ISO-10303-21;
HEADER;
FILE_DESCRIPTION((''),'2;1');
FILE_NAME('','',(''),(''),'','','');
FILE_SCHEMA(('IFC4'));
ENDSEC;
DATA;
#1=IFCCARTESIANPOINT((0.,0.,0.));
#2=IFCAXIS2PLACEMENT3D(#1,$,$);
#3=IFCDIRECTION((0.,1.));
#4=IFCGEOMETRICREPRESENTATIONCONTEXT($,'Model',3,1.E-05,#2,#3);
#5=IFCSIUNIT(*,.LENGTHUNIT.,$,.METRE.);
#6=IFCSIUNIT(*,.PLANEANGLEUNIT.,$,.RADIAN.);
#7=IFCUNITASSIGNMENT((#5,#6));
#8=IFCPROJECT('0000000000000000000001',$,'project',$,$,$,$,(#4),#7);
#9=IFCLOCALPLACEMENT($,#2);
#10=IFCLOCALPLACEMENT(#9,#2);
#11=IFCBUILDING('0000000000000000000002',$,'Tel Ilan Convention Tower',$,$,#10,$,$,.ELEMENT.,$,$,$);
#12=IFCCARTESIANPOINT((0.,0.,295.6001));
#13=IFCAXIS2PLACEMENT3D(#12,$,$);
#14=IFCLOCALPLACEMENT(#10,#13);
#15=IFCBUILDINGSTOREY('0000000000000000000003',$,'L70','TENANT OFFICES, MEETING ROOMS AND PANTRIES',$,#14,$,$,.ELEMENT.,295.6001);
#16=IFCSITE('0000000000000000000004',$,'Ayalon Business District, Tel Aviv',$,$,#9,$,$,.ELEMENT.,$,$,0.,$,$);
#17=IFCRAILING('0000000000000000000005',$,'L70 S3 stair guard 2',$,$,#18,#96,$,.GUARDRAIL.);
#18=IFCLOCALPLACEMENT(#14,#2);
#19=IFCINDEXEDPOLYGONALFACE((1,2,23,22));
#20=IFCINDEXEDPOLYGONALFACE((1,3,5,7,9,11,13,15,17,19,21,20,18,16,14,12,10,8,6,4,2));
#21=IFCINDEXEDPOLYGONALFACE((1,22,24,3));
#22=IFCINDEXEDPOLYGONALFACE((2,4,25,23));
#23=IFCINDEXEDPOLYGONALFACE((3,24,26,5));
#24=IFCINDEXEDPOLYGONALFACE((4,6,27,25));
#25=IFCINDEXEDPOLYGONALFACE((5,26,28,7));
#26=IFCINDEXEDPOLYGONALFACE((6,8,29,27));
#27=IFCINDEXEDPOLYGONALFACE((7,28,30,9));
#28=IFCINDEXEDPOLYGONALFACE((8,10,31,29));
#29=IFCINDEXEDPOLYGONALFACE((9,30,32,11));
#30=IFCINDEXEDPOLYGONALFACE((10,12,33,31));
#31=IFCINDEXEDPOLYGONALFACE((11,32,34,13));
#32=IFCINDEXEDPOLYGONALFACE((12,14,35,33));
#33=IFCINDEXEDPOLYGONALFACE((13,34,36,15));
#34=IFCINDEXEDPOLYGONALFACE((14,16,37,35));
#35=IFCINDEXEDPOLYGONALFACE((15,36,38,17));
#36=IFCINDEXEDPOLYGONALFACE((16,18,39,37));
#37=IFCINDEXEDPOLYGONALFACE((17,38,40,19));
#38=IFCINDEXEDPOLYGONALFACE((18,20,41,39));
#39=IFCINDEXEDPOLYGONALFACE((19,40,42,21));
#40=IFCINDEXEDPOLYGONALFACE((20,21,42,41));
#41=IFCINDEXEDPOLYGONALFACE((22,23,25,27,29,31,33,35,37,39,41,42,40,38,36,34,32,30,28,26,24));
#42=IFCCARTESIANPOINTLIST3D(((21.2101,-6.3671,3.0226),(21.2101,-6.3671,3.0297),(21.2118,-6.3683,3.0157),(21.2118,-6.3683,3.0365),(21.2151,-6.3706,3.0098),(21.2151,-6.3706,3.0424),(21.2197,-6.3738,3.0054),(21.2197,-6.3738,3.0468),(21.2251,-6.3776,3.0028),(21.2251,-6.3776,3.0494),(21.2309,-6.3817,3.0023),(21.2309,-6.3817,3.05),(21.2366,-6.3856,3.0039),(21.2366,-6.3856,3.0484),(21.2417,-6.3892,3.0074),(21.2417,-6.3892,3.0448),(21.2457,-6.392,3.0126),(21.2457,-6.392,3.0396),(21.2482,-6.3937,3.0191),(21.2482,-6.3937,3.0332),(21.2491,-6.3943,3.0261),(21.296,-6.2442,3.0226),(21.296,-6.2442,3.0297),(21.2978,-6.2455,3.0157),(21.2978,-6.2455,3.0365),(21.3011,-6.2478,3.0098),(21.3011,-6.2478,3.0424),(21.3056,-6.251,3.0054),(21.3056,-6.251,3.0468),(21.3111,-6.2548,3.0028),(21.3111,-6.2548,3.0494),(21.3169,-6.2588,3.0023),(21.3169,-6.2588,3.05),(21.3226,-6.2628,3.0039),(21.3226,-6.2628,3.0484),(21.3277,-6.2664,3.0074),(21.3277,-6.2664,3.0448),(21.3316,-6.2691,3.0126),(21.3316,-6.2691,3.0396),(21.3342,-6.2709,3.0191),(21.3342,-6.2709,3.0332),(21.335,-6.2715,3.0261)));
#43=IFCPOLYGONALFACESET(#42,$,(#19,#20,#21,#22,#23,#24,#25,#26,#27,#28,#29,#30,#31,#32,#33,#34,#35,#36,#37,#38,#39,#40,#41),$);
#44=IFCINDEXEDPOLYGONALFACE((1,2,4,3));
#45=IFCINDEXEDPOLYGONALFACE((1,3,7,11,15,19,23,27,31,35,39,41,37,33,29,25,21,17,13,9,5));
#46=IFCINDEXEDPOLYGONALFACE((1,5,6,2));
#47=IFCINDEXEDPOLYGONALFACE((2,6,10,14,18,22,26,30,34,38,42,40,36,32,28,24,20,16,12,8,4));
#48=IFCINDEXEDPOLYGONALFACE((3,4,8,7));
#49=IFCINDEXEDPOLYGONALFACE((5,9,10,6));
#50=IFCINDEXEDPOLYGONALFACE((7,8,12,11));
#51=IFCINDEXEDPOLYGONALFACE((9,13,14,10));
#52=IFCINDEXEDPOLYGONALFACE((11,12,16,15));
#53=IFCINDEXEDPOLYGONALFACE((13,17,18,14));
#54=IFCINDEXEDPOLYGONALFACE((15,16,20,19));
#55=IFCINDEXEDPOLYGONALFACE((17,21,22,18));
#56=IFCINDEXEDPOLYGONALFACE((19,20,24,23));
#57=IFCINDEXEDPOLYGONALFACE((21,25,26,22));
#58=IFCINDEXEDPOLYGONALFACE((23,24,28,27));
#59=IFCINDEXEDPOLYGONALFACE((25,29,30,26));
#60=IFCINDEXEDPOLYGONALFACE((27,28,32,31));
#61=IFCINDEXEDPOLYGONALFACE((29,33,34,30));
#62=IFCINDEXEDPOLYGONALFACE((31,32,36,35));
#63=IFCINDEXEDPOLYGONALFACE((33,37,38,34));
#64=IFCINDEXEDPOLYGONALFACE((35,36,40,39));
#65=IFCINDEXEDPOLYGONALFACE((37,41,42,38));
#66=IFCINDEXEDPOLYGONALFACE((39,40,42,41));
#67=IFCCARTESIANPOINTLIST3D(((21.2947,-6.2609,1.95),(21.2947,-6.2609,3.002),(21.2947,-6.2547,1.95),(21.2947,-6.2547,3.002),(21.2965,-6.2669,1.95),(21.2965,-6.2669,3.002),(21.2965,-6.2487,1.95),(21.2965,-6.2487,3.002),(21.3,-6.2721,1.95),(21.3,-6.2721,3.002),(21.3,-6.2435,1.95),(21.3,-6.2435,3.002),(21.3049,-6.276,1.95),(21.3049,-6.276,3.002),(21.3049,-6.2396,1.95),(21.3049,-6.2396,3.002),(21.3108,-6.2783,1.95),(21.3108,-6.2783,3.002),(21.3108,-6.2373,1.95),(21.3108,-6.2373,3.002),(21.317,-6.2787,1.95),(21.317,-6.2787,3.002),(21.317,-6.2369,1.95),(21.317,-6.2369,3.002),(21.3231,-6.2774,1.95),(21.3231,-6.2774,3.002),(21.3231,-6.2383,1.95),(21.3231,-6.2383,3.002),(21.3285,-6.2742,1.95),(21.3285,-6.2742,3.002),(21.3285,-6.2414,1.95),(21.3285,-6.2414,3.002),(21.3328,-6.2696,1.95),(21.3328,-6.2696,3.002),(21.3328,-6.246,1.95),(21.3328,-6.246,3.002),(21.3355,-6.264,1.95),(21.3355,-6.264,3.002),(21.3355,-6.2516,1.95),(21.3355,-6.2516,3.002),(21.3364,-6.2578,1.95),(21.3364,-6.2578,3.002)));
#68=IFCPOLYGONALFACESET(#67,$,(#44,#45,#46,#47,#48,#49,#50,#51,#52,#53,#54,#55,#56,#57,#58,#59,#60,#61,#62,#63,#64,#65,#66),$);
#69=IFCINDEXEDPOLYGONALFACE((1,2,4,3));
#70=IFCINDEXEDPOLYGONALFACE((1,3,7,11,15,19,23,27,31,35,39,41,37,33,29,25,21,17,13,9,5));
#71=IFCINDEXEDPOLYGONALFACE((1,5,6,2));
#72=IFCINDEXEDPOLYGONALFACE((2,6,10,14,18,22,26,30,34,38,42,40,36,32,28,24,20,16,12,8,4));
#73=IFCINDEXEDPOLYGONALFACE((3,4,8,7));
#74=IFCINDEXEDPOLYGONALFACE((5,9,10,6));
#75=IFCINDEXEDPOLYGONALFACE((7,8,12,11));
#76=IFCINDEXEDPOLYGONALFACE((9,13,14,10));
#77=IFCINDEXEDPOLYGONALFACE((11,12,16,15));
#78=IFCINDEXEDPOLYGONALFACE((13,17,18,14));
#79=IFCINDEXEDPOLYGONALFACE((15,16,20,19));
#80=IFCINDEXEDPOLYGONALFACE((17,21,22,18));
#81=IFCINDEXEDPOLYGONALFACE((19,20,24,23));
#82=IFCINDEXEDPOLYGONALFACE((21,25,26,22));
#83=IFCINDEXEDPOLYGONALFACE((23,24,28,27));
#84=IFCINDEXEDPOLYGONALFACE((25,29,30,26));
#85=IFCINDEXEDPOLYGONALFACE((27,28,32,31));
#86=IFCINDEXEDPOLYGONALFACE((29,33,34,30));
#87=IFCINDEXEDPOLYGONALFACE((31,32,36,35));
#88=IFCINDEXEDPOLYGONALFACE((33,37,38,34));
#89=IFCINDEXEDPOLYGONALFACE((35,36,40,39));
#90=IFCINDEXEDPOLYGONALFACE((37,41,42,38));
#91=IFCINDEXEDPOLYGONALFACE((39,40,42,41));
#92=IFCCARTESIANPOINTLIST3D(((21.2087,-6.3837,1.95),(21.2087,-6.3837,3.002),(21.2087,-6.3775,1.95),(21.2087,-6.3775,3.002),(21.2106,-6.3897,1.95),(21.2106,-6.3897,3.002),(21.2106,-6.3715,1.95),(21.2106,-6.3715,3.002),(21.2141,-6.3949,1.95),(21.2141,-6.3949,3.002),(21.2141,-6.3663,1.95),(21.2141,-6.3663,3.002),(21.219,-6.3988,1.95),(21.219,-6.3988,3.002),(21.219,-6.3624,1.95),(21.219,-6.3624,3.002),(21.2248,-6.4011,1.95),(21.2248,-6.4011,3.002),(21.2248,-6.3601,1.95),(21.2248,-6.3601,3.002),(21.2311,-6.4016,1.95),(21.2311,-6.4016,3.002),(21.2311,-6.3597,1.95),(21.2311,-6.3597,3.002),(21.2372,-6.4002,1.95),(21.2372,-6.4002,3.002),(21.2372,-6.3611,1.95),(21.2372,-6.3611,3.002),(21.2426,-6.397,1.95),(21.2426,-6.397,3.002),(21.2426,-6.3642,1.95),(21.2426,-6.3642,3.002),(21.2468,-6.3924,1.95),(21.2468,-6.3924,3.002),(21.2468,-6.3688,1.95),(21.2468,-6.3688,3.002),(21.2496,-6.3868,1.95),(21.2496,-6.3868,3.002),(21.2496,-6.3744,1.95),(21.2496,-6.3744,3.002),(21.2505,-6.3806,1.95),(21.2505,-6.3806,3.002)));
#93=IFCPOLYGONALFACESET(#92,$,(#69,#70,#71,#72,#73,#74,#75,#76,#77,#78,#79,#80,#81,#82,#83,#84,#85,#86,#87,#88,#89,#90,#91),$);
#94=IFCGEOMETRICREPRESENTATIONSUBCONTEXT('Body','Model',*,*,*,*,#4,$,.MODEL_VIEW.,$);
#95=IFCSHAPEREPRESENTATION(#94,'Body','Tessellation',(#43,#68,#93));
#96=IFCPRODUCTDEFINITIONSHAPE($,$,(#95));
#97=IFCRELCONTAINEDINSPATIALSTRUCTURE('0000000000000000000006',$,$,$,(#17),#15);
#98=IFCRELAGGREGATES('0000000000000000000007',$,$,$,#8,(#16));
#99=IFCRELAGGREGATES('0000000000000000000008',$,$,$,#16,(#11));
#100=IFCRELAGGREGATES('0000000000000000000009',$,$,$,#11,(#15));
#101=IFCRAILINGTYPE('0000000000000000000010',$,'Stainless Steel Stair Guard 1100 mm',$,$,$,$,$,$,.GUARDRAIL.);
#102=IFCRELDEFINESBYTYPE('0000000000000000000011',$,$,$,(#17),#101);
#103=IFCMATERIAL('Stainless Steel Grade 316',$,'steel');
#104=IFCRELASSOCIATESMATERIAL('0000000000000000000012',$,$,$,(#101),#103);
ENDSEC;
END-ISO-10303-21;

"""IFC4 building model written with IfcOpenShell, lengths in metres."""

from ifc_helpers import new_model, si_unit, direction, frame, origin, origin_2d, place, context, subcontext, project, spatial, circle, extrude, material, type_object, element, save


model = new_model("IFC4")

# Units and contexts
model_context = context("Model", 3, precision=1e-05, world=origin(), true_north=direction((0.0, 1.0)))
body_context = subcontext(model_context, "Body", "Model", "MODEL_VIEW")
ifc_project = project(units=[si_unit("LENGTHUNIT", "METRE"), si_unit("PLANEANGLEUNIT", "RADIAN")], contexts=[model_context])

# Site, building, storey
site_placement = place(None, origin())
site = spatial("IfcSite", under=ifc_project, at=site_placement, Name="Ayalon Business District, Tel Aviv", CompositionType="ELEMENT", RefElevation=0.0)
building_placement = place(site_placement, origin())
building = spatial("IfcBuilding", under=site, at=building_placement, Name="Tel Ilan Convention Tower", CompositionType="ELEMENT")
storey_placement = place(building_placement, frame((0.0, 0.0, 295.6001)))
storey = spatial("IfcBuildingStorey", under=building, at=storey_placement, Name="L70", Description="TENANT OFFICES, MEETING ROOMS AND PANTRIES", CompositionType="ELEMENT", Elevation=295.6001)

# Railing
ifc_material_1 = material(Name="Stainless Steel Grade 316", Category="steel")
railing_type_1 = type_object("IfcRailingType", Name="Stainless Steel Stair Guard 1100 mm", PredefinedType="GUARDRAIL", material=ifc_material_1)
railing_1_placement = place(storey_placement, frame((21.3154, -6.2578, 1.95)))
element("IfcRailing", 1, at=railing_1_placement, inside=storey, type_object=railing_type_1, Name="L70 S3 stair guard 2", PredefinedType="GUARDRAIL", context=body_context, shape_type="SweptSolid", body=[
    extrude(circle(Radius=0.0239, at=origin_2d()), frame((0.0, 0.0, 1.0762), z_axis=(-0.573353, -0.819308, 0.0), x_axis=(0.819308, -0.573353, 0.0)), (0.0, 0.0, 1.0), 0.1499),
    extrude(circle(Radius=0.021, at=origin_2d()), origin(), (0.0, 0.0, 1.0), 1.052),
    extrude(circle(Radius=0.021, at=origin_2d()), frame((-0.0859, -0.1228, 0.0)), (0.0, 0.0, 1.0), 1.052),
])

save(model, "model.ifc")
